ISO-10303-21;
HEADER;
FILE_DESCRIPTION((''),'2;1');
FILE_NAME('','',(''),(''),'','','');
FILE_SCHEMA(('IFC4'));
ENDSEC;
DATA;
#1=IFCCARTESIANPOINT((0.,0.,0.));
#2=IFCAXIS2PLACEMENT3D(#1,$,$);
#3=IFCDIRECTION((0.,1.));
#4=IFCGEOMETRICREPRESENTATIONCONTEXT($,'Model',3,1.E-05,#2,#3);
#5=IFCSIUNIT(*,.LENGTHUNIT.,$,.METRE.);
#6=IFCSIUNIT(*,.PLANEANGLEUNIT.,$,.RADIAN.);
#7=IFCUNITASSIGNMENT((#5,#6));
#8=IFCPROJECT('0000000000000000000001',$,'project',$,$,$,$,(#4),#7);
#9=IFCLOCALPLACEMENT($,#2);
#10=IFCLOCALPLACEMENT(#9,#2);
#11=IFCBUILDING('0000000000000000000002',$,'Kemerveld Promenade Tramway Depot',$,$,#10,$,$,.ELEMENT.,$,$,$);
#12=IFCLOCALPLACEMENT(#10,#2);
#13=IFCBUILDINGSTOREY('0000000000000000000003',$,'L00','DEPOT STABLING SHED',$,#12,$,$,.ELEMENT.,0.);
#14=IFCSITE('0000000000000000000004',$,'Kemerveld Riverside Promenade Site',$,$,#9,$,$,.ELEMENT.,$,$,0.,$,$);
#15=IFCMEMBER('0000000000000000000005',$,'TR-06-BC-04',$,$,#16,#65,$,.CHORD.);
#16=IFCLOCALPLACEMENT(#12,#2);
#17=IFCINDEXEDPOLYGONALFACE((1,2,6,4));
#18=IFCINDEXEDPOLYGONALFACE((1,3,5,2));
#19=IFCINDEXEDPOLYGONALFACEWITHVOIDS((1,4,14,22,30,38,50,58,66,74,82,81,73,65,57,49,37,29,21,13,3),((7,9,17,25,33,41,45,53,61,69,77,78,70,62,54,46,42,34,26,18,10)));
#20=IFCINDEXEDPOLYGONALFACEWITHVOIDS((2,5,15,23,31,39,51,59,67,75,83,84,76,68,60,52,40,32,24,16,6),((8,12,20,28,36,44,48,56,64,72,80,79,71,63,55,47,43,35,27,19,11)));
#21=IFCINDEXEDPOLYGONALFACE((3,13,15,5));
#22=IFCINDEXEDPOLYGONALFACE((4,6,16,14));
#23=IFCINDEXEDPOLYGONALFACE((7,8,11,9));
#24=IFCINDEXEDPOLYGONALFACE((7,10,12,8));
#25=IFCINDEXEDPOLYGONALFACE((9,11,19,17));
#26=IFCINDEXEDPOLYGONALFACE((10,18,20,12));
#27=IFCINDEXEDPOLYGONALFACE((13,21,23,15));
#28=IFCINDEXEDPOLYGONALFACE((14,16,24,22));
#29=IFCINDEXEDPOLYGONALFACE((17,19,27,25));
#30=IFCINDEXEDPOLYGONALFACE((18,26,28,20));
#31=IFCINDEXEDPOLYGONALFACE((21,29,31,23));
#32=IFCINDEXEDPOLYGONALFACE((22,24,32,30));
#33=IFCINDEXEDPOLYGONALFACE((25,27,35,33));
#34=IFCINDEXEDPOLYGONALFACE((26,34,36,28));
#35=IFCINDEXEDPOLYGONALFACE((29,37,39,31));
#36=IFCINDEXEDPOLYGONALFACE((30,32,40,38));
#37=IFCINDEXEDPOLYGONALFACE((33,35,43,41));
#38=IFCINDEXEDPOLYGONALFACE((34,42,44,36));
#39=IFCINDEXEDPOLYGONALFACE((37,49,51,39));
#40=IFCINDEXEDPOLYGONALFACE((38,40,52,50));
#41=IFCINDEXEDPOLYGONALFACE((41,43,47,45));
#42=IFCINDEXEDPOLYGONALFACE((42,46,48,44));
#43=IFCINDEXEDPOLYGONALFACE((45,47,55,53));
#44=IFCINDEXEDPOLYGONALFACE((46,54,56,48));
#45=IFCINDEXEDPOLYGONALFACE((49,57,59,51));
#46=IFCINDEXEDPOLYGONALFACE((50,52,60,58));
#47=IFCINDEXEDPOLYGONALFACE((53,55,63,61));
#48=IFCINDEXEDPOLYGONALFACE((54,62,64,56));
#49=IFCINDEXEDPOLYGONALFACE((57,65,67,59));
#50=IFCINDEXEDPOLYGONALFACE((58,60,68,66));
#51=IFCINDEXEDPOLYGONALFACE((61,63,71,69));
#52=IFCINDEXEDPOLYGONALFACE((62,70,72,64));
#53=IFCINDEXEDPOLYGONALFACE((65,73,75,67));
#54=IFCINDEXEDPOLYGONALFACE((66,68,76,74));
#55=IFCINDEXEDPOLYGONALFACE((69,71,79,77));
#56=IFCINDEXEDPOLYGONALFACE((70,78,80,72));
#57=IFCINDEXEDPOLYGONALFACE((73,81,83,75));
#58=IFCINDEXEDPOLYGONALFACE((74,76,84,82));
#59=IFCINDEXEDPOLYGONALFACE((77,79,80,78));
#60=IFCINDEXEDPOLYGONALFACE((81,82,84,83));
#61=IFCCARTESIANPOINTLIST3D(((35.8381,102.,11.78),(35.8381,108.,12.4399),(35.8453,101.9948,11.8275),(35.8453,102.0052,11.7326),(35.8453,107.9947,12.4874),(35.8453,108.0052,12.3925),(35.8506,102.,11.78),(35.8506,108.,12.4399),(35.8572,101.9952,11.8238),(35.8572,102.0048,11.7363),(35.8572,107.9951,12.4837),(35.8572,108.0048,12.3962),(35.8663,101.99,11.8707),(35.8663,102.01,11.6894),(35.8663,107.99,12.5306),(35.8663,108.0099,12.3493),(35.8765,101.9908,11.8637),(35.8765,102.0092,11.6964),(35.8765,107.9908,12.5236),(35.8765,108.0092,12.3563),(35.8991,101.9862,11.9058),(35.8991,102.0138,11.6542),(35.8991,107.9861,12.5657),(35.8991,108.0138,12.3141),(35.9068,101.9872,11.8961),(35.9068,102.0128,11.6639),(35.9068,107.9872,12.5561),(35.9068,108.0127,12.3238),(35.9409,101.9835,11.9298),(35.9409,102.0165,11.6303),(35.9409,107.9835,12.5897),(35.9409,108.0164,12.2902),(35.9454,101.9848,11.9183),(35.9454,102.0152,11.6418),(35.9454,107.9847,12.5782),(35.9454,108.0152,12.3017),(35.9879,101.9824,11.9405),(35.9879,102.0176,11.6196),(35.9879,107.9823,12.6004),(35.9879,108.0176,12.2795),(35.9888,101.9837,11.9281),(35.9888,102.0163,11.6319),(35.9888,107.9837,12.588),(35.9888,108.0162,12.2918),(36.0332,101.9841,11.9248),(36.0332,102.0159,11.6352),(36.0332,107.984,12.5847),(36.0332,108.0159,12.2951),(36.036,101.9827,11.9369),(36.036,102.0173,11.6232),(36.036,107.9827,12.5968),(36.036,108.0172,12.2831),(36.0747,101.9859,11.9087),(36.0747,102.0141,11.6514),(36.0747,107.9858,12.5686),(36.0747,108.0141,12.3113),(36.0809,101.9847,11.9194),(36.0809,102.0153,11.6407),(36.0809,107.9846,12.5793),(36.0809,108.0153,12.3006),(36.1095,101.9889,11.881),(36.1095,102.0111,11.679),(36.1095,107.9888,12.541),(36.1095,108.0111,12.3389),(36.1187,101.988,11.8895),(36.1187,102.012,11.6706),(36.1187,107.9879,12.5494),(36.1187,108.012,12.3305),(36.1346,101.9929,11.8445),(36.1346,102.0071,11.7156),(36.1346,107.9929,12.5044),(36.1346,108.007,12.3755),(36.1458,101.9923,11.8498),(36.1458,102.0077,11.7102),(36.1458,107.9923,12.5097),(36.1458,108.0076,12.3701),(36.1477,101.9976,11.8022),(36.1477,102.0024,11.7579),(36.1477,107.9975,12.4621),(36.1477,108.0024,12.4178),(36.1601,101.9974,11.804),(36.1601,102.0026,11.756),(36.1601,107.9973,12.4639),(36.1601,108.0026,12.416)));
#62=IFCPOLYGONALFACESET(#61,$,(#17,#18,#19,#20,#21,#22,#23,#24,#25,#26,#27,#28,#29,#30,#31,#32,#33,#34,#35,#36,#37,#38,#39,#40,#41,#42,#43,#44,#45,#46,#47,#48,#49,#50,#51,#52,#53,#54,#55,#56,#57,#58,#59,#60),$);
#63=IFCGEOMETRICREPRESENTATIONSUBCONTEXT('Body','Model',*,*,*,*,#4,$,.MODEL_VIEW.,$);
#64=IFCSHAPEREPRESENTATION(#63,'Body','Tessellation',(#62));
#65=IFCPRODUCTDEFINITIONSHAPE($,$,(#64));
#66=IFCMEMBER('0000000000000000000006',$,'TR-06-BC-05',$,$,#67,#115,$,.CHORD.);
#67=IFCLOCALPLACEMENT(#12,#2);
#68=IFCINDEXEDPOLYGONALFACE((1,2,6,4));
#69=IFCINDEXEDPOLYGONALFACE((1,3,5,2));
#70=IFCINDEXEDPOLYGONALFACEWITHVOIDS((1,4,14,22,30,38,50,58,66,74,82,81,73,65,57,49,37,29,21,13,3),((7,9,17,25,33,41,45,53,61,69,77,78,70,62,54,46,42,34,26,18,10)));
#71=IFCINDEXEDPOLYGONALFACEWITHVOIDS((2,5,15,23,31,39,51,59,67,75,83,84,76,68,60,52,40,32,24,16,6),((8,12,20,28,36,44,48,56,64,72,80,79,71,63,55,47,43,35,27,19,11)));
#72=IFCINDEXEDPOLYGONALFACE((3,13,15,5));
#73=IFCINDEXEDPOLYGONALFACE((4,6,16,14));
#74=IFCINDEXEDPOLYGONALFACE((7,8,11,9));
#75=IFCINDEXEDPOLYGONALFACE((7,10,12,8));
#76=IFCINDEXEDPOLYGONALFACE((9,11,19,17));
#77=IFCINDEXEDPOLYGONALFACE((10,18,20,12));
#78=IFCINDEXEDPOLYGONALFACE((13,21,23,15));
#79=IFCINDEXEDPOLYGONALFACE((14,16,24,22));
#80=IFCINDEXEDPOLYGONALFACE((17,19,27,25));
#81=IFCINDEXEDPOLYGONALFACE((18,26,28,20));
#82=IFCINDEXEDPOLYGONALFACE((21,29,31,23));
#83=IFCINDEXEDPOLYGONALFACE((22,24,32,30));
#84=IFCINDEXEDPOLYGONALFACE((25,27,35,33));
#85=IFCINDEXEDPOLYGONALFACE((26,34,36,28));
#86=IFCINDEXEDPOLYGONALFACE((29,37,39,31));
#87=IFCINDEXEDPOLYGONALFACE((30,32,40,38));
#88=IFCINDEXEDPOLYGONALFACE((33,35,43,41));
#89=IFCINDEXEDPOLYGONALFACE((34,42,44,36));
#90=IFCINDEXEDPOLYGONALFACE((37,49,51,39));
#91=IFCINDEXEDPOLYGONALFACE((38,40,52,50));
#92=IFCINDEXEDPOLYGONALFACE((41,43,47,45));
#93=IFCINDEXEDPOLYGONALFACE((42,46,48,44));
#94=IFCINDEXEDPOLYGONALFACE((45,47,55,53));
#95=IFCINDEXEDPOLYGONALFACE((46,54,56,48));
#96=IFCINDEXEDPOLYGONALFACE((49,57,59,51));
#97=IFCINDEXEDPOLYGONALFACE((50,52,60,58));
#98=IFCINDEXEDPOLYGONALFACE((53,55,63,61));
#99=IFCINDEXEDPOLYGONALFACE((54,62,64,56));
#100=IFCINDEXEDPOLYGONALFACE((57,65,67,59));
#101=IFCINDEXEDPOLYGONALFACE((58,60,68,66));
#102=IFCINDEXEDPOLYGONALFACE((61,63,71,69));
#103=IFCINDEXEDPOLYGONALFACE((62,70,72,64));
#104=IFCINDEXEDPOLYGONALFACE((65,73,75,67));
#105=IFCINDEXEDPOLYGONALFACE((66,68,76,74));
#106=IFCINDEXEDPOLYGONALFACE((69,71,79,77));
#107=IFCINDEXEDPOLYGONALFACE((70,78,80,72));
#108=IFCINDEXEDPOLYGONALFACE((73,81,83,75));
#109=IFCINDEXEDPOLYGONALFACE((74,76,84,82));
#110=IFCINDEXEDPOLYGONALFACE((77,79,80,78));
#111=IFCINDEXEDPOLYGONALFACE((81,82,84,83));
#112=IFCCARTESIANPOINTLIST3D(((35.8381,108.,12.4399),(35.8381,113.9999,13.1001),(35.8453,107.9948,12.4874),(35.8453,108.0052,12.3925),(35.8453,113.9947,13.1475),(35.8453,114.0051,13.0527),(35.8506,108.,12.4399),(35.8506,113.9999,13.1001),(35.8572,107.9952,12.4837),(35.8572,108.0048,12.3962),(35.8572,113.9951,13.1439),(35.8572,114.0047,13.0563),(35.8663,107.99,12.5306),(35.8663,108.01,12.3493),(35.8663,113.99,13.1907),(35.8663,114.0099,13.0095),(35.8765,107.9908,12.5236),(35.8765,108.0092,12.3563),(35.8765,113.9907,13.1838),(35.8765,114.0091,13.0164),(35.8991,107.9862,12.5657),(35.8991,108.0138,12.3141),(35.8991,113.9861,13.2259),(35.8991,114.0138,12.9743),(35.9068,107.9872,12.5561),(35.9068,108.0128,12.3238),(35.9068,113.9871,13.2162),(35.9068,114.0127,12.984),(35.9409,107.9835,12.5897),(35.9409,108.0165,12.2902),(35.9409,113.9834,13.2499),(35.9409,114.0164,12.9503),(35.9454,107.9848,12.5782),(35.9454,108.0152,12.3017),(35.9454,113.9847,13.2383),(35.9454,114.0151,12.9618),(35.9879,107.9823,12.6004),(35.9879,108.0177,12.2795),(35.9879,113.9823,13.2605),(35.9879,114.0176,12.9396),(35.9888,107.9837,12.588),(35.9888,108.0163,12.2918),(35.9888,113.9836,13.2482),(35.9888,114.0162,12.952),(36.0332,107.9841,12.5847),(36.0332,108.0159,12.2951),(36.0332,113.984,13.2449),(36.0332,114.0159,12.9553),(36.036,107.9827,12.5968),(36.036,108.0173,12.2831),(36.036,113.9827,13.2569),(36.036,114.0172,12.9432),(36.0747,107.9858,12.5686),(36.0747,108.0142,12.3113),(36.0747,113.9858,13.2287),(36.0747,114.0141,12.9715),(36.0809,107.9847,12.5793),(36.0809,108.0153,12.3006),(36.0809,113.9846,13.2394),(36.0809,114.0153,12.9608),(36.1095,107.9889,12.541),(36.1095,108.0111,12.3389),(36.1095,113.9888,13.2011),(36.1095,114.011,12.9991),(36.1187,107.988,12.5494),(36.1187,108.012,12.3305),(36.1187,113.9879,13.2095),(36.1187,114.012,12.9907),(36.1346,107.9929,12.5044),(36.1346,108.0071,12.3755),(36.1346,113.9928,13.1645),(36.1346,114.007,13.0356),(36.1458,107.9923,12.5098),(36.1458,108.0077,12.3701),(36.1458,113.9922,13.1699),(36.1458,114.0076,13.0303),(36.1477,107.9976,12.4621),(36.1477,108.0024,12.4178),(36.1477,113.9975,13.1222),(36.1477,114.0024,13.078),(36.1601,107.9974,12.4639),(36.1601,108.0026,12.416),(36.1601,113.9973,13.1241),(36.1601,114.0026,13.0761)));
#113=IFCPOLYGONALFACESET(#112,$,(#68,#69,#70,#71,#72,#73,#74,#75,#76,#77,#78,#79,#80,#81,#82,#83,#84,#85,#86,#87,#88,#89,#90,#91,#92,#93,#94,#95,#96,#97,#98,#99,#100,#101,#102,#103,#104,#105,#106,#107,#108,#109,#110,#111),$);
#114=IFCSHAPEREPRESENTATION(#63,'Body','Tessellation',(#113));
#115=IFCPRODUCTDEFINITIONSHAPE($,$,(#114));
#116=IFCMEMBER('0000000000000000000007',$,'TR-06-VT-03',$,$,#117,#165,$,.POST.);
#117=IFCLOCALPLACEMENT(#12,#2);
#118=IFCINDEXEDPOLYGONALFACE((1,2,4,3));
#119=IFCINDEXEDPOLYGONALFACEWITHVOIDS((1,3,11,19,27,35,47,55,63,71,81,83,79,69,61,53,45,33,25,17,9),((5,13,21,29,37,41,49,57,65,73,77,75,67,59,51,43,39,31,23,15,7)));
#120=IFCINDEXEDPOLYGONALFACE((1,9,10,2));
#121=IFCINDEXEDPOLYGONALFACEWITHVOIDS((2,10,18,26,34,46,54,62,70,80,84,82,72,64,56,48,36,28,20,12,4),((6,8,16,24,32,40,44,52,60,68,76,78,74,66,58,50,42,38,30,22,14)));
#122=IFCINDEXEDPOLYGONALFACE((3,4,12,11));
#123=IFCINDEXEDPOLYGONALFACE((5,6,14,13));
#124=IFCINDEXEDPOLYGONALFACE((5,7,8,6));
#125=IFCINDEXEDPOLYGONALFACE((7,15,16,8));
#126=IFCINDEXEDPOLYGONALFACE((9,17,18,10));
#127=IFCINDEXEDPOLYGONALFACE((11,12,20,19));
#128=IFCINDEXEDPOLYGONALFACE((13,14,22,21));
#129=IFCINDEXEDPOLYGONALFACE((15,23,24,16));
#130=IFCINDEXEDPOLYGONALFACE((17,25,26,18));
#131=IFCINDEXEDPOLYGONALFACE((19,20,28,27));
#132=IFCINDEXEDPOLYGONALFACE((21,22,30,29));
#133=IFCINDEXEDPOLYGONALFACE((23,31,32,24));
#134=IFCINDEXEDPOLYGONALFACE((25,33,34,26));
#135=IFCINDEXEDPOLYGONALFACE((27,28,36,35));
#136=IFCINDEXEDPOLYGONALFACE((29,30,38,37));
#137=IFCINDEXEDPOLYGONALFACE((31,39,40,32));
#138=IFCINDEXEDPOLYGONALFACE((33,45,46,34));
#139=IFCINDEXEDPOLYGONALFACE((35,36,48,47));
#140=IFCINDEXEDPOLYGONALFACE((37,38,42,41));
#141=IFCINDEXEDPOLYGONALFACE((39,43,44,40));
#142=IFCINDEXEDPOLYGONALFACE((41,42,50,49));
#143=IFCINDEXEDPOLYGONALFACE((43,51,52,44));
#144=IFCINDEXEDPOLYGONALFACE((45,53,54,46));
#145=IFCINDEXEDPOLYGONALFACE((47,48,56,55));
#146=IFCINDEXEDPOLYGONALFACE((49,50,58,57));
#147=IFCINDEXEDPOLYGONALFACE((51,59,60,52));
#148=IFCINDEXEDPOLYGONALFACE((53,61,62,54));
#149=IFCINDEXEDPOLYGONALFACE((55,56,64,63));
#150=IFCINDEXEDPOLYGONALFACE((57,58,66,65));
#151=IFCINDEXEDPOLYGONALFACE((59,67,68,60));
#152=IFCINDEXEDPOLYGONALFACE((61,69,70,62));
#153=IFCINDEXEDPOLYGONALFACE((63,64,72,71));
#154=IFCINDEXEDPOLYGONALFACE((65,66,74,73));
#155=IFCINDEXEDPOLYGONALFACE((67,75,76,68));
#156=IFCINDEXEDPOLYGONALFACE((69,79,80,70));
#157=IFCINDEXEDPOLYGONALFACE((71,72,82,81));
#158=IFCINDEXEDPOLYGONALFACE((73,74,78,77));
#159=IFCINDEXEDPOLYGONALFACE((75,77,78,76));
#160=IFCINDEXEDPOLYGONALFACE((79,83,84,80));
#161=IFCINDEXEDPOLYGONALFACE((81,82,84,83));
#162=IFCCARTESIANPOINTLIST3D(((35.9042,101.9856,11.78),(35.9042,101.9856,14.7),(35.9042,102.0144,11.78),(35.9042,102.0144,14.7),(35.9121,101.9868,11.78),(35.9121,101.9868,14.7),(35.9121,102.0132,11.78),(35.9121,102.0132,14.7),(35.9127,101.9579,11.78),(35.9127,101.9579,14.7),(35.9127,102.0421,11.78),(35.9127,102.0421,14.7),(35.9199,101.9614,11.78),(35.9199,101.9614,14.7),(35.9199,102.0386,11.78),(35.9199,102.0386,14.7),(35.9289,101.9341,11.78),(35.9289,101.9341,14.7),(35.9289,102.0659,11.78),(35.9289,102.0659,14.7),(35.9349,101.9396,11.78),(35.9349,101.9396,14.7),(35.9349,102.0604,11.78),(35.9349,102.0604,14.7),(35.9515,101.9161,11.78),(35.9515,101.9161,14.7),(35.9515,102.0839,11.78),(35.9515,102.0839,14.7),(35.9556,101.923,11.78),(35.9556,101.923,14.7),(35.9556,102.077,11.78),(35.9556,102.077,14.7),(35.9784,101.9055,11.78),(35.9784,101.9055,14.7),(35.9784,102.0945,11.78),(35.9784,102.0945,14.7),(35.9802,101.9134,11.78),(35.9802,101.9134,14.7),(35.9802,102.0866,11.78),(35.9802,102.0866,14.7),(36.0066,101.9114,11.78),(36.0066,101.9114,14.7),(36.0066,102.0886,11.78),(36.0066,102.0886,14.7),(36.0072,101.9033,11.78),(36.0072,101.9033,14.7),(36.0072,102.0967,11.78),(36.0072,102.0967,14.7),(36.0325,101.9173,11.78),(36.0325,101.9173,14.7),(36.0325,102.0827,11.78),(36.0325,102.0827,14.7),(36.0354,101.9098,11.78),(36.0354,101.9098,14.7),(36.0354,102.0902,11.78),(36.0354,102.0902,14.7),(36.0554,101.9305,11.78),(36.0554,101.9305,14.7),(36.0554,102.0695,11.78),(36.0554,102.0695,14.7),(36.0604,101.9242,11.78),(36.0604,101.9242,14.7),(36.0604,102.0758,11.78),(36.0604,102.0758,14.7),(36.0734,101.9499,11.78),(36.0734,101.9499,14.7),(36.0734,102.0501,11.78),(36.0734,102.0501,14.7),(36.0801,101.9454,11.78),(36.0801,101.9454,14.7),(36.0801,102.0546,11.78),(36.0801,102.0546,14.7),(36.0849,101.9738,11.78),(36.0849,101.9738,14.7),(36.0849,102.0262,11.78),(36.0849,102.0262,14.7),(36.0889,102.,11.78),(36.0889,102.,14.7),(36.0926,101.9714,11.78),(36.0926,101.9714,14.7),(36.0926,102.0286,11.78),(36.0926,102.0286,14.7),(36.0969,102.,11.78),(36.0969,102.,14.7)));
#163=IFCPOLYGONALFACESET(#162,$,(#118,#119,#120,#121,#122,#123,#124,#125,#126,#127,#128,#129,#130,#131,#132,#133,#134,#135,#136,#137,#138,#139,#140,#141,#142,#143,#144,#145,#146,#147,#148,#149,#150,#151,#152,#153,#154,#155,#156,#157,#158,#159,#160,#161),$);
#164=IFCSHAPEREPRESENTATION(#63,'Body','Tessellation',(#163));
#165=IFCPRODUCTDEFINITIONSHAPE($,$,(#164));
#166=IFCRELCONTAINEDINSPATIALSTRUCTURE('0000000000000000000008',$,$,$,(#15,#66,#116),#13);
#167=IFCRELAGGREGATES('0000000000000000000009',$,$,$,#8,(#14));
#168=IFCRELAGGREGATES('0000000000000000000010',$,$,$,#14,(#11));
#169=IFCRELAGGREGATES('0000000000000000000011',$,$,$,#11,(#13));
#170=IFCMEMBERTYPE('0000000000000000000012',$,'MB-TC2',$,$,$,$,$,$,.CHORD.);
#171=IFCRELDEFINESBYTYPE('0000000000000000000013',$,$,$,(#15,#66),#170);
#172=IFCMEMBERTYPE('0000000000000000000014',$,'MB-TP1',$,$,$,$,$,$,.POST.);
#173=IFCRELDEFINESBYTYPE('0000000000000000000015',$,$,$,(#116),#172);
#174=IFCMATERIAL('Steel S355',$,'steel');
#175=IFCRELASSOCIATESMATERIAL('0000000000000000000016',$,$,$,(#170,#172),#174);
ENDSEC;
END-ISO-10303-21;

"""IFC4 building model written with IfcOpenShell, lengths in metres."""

from ifc_helpers import new_model, si_unit, direction, frame, origin, origin_2d, place, context, subcontext, project, spatial, hollow_circle, extrude, material, material_profile, profile_set, type_object, element, save


model = new_model("IFC4")

# Units and contexts
model_context = context("Model", 3, precision=1e-05, world=origin(), true_north=direction((0.0, 1.0)))
body_context = subcontext(model_context, "Body", "Model", "MODEL_VIEW")
ifc_project = project(units=[si_unit("LENGTHUNIT", "METRE"), si_unit("PLANEANGLEUNIT", "RADIAN")], contexts=[model_context])

# Site, building, storey
site_placement = place(None, origin())
site = spatial("IfcSite", under=ifc_project, at=site_placement, Name="Kemerveld Riverside Promenade Site", CompositionType="ELEMENT", RefElevation=0.0)
building_placement = place(site_placement, origin())
building = spatial("IfcBuilding", under=site, at=building_placement, Name="Kemerveld Promenade Tramway Depot", CompositionType="ELEMENT")
storey_placement = place(building_placement, origin())
storey = spatial("IfcBuildingStorey", under=building, at=storey_placement, Name="L00", Description="DEPOT STABLING SHED", CompositionType="ELEMENT", Elevation=0.0)

# Shared definitions
ifc_material_1 = material(Name="Steel S355", Category="steel")

# Members
ifc_material_profile_1 = material_profile(ifc_material_1, hollow_circle(Radius=0.1619, WallThickness=0.0125, at=origin_2d()), Name="323.9x12.5 CHS")
ifc_profile_set_1 = profile_set([ifc_material_profile_1], Name="Steel S355")
member_type_1 = type_object("IfcMemberType", Name="MB-TC2", PredefinedType="CHORD", material=ifc_profile_set_1)
for number, where, z_axis, x_axis, name in (
    (1, (36.0, 102.0, 11.78), (0.0, 0.994006, 0.109326), (-1.0, 0.0, 0.0), "TR-06-BC-04"),
    (2, (36.0, 108.0, 12.4399), (0.0, 0.994002, 0.109366), (-1.0, 0.0, 0.0), "TR-06-BC-05"),
):
    element("IfcMember", number, at=place(storey_placement, frame(where, z_axis=z_axis, x_axis=x_axis)), inside=storey, type_object=member_type_1, Name=name, PredefinedType="CHORD", context=body_context, shape_type="SweptSolid", body=[
        extrude(hollow_circle(Radius=0.1619, WallThickness=0.0125, at=origin_2d()), origin(), (0.0, 0.0, 1.0), 6.0361),
    ])
ifc_material_profile_2 = material_profile(ifc_material_1, hollow_circle(Radius=0.0969, WallThickness=0.0081, at=origin_2d()), Name="193.7x8.0 CHS")
ifc_profile_set_2 = profile_set([ifc_material_profile_2], Name="Steel S355")
member_type_2 = type_object("IfcMemberType", Name="MB-TP1", PredefinedType="POST", material=ifc_profile_set_2)
member_1_placement = place(storey_placement, frame((36.0, 102.0, 11.78), z_axis=(0.0, 0.0, 1.0), x_axis=(1.0, 0.0, 0.0)))
element("IfcMember", 3, at=member_1_placement, inside=storey, type_object=member_type_2, Name="TR-06-VT-03", PredefinedType="POST", context=body_context, shape_type="SweptSolid", body=[
    extrude(hollow_circle(Radius=0.0969, WallThickness=0.0081, at=origin_2d()), origin(), (0.0, 0.0, 1.0), 2.9199),
])

save(model, "model.ifc")
